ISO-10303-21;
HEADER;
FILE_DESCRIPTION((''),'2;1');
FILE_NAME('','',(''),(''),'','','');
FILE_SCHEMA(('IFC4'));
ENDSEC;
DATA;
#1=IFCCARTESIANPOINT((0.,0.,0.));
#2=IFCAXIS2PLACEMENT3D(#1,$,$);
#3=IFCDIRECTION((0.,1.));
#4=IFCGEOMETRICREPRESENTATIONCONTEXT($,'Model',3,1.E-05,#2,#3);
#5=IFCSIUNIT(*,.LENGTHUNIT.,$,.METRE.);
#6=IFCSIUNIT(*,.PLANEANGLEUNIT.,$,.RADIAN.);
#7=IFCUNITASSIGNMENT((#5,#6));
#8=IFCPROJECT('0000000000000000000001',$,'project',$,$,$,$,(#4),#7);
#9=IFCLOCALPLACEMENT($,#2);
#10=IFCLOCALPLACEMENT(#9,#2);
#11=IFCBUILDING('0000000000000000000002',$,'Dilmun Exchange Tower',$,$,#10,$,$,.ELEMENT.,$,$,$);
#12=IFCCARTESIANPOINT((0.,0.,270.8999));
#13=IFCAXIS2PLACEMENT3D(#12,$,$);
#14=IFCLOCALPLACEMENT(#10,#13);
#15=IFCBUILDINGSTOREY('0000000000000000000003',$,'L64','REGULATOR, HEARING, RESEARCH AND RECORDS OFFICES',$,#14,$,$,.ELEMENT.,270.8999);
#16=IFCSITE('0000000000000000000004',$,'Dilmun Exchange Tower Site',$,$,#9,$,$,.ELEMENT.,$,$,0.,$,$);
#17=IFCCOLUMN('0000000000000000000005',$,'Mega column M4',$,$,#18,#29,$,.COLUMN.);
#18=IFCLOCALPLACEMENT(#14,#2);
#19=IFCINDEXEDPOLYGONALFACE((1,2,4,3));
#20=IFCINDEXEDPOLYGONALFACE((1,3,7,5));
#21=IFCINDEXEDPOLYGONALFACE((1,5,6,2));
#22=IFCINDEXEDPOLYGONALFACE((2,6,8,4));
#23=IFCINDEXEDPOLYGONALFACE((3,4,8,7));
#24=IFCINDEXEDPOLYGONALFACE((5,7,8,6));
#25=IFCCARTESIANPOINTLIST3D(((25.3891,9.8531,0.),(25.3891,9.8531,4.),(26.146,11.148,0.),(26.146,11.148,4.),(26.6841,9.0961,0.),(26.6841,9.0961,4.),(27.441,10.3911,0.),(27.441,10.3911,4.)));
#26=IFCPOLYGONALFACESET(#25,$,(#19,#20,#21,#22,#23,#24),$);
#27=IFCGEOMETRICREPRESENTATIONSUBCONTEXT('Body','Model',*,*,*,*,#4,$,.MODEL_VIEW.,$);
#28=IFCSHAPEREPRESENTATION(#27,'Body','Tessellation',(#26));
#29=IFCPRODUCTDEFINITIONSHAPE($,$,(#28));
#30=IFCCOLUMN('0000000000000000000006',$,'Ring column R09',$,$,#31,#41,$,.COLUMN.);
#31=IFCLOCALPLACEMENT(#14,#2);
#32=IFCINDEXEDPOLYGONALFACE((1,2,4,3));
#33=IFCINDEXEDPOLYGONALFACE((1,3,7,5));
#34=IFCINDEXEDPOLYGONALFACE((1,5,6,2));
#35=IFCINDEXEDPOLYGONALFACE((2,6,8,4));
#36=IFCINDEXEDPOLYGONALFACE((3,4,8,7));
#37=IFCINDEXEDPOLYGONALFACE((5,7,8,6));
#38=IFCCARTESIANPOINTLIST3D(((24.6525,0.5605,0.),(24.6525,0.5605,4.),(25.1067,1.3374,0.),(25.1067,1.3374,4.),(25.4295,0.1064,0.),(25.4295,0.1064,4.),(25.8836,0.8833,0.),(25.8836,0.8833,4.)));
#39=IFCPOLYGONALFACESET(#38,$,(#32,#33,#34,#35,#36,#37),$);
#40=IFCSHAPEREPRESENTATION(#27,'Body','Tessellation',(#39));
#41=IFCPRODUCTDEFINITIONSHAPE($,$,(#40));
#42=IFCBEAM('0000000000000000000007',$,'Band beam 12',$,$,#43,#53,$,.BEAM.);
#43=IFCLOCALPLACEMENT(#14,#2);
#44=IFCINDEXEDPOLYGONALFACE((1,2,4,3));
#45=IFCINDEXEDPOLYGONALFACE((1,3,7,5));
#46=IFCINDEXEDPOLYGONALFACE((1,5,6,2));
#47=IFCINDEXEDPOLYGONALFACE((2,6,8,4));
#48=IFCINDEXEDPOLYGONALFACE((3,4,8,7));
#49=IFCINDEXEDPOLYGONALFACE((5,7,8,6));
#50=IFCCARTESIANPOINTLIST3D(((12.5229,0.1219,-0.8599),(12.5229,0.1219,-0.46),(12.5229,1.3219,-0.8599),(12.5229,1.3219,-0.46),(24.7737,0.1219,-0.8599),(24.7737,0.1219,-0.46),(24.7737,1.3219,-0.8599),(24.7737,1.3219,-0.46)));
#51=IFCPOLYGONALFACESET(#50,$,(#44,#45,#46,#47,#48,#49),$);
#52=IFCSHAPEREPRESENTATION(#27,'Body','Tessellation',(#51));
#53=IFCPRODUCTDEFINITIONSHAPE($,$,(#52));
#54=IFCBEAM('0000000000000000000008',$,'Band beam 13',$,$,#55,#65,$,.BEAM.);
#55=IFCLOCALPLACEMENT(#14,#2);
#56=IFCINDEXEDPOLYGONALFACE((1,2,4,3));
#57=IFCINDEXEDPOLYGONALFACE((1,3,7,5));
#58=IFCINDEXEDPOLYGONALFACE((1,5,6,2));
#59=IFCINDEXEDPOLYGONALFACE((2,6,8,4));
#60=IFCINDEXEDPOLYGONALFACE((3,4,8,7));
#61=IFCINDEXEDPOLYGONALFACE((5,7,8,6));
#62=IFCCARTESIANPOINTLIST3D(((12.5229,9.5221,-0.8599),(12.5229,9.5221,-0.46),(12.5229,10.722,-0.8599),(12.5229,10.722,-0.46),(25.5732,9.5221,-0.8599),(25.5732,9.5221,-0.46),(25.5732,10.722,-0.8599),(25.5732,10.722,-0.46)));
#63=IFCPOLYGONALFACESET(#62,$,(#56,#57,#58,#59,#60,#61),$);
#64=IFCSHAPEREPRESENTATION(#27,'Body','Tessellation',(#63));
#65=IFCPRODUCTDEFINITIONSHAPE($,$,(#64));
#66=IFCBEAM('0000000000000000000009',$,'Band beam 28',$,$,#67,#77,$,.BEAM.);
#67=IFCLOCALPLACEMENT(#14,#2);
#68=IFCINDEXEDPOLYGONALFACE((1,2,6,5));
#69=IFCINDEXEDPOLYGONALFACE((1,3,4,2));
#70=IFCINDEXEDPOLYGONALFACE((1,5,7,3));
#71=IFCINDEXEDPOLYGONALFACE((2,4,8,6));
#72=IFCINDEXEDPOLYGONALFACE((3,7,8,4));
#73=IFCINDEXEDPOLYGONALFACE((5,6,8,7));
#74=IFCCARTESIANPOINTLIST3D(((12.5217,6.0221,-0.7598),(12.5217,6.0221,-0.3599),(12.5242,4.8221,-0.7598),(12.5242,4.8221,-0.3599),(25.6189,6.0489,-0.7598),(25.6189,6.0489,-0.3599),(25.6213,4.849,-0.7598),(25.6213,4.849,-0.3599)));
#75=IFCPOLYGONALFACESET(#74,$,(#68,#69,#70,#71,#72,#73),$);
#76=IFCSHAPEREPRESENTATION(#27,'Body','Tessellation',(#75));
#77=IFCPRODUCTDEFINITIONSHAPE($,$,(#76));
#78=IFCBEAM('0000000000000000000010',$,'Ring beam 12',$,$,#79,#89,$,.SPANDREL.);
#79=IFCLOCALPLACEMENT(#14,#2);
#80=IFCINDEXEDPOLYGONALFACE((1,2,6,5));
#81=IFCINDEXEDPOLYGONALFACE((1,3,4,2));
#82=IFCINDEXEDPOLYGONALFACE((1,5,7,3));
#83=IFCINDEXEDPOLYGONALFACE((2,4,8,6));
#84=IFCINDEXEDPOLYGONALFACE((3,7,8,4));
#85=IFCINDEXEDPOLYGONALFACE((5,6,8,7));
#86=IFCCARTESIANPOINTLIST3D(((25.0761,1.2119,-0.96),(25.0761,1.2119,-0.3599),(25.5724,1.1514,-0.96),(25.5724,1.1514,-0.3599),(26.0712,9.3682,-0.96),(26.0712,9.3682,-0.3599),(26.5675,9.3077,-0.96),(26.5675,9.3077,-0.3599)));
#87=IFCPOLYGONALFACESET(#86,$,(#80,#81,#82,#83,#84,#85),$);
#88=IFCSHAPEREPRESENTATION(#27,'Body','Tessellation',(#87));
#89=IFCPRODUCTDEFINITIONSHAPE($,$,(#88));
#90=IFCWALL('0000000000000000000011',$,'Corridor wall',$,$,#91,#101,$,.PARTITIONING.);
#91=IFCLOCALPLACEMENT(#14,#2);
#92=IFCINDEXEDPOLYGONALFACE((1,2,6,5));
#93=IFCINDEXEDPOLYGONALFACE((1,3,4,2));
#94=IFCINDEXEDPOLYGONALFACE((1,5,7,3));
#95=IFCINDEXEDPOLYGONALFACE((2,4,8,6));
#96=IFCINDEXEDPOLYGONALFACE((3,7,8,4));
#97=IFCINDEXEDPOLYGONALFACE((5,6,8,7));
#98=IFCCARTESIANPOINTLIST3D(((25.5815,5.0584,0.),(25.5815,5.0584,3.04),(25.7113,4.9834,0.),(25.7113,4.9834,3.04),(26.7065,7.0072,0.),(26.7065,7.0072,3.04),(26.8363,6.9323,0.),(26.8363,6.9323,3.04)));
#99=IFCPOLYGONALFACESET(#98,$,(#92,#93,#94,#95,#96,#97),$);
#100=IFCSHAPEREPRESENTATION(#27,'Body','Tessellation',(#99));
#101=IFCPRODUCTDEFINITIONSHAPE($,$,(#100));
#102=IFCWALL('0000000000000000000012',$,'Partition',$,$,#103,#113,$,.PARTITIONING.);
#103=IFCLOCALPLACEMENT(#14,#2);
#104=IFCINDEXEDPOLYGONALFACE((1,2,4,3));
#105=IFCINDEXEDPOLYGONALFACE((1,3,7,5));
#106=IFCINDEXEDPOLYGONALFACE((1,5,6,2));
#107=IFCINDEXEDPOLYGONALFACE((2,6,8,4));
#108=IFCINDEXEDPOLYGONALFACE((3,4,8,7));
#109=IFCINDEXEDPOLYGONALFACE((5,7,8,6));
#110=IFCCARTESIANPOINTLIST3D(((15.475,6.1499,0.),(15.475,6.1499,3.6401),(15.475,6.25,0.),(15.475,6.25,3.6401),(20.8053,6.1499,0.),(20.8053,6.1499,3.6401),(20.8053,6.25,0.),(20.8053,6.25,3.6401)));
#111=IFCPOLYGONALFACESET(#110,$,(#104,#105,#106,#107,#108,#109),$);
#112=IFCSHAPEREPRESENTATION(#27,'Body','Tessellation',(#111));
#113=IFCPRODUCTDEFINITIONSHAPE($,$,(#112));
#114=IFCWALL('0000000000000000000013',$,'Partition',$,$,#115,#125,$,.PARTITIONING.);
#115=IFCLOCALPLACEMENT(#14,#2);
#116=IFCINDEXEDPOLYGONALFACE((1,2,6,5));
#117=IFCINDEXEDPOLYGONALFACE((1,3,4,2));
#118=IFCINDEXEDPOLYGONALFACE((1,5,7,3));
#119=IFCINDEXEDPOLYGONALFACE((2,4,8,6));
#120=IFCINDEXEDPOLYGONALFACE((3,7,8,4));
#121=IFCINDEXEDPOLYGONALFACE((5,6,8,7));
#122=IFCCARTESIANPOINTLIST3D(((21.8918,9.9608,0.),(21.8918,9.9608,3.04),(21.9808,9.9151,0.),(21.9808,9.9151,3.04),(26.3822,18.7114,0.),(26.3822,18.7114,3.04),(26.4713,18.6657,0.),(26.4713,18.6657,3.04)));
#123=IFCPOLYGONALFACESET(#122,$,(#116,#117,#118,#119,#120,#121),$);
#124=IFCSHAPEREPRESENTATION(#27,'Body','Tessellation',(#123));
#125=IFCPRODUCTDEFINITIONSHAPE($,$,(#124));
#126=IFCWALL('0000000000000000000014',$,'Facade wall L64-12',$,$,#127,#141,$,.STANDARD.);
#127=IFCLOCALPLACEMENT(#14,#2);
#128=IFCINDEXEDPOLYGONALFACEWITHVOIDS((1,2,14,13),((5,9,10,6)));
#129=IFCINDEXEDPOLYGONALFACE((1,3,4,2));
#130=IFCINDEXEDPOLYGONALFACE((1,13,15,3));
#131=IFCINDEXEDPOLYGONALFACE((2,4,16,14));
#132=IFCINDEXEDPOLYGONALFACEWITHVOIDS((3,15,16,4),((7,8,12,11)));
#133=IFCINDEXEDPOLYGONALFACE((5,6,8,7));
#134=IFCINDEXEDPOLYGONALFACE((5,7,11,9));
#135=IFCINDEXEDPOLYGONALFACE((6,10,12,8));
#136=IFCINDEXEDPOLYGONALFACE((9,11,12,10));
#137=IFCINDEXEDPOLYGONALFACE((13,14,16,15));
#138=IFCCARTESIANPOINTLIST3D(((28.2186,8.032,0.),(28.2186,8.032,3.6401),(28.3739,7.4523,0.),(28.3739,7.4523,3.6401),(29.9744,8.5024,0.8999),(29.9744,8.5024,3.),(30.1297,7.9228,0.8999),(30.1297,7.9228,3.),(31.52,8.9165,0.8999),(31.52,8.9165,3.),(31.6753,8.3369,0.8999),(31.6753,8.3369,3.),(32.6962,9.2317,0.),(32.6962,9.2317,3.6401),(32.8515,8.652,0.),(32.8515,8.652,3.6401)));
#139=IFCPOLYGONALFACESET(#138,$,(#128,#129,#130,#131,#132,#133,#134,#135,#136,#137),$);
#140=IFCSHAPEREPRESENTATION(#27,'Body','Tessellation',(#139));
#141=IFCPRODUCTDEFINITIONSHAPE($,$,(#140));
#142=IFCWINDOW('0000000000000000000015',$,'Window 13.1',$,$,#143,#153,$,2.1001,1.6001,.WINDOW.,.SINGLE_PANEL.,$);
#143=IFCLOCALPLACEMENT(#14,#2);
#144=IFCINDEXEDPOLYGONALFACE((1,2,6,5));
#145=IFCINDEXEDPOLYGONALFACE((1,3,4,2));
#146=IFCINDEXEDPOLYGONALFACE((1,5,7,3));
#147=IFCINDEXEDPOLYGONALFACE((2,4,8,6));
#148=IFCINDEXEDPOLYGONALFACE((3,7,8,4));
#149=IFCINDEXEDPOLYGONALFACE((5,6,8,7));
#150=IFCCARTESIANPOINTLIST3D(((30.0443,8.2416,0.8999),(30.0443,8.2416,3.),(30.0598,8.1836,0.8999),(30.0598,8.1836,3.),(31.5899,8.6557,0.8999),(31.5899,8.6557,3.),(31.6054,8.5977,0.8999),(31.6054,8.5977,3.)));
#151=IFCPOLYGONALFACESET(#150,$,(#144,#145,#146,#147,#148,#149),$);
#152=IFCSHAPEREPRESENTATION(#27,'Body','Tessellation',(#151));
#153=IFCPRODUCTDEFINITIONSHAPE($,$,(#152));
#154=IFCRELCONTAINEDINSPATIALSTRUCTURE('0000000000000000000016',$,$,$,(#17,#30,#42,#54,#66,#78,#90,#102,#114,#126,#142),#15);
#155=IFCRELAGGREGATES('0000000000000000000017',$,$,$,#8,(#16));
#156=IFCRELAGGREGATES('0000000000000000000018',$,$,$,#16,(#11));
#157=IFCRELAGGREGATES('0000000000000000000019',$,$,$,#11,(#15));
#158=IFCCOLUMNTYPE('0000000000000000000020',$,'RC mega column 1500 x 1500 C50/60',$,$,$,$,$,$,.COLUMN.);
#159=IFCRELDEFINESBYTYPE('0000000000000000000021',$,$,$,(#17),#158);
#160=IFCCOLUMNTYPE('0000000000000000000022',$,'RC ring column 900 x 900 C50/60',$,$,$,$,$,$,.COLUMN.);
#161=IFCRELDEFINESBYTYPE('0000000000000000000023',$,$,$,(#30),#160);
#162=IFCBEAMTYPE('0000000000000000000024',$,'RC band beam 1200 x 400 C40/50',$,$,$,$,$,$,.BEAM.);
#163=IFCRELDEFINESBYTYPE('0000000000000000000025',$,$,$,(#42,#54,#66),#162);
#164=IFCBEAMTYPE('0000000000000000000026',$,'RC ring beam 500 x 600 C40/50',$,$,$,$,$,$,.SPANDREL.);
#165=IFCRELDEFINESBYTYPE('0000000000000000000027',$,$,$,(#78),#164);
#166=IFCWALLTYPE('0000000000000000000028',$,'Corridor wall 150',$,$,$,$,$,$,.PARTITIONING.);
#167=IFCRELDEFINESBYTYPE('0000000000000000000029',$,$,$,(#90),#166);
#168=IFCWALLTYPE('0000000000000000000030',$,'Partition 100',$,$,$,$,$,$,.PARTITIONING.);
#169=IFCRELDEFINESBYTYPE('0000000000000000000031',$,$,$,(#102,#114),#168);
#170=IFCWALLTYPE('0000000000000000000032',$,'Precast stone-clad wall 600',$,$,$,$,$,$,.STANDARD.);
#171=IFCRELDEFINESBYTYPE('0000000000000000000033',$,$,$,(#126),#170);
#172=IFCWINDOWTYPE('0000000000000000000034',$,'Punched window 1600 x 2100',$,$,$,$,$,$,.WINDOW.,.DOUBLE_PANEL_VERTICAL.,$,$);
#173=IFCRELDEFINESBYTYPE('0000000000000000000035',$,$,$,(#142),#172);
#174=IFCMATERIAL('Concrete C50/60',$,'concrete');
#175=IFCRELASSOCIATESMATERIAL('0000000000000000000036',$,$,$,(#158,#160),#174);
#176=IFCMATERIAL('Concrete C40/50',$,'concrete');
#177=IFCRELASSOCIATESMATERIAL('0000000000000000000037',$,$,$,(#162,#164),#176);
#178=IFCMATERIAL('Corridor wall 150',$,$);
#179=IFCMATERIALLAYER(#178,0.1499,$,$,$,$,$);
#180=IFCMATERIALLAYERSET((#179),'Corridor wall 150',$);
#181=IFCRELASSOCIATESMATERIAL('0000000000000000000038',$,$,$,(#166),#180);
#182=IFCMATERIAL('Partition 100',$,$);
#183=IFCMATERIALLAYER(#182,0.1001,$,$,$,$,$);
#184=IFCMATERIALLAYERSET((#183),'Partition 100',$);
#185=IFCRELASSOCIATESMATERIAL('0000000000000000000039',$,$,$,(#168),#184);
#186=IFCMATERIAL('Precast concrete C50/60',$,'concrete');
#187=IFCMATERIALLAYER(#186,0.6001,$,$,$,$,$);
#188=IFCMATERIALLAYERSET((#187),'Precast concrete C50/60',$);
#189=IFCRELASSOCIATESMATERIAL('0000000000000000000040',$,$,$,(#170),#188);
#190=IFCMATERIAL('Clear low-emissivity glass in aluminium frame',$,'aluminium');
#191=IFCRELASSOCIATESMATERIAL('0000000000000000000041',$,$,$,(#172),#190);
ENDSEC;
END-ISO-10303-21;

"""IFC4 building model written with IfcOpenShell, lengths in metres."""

from ifc_helpers import new_model, si_unit, direction, frame, frame_2d, origin, origin_2d, place, context, subcontext, project, spatial, rectangle, extrude, material, layer, layer_set, material_profile, profile_set, type_object, element, fill, save


model = new_model("IFC4")

# Units and contexts
model_context = context("Model", 3, precision=1e-05, world=origin(), true_north=direction((0.0, 1.0)))
body_context = subcontext(model_context, "Body", "Model", "MODEL_VIEW")
ifc_project = project(units=[si_unit("LENGTHUNIT", "METRE"), si_unit("PLANEANGLEUNIT", "RADIAN")], contexts=[model_context])

# Site, building, storey
site_placement = place(None, origin())
site = spatial("IfcSite", under=ifc_project, at=site_placement, Name="Dilmun Exchange Tower Site", CompositionType="ELEMENT", RefElevation=0.0)
building_placement = place(site_placement, origin())
building = spatial("IfcBuilding", under=site, at=building_placement, Name="Dilmun Exchange Tower", CompositionType="ELEMENT")
storey_placement = place(building_placement, frame((0.0, 0.0, 270.8999)))
storey = spatial("IfcBuildingStorey", under=building, at=storey_placement, Name="L64", Description="REGULATOR, HEARING, RESEARCH AND RECORDS OFFICES", CompositionType="ELEMENT", Elevation=270.8999)

# Columns
ifc_material_1 = material(Name="Concrete C50/60", Category="concrete")
ifc_material_profile_1 = material_profile(ifc_material_1, rectangle(XDim=1.5, YDim=1.5, at=origin_2d()), Name="1500 x 1500")
ifc_profile_set_1 = profile_set([ifc_material_profile_1], Name="Concrete C50/60")
column_type_1 = type_object("IfcColumnType", Name="RC mega column 1500 x 1500 C50/60", PredefinedType="COLUMN", material=ifc_profile_set_1)
column_1_placement = place(storey_placement, frame((26.415, 10.1221, 0.0), z_axis=(0.0, 0.0, 1.0), x_axis=(0.504644, 0.863328, 0.0)))
element("IfcColumn", 1, at=column_1_placement, inside=storey, type_object=column_type_1, Name="Mega column M4", PredefinedType="COLUMN", context=body_context, shape_type="SweptSolid", body=[
    extrude(rectangle(XDim=1.5, YDim=1.5, at=origin_2d()), origin(), (0.0, 0.0, 1.0), 4.0),
])
ifc_material_profile_2 = material_profile(ifc_material_1, rectangle(XDim=0.8999, YDim=0.8999, at=origin_2d()), Name="900 x 900")
ifc_profile_set_2 = profile_set([ifc_material_profile_2], Name="Concrete C50/60")
column_type_2 = type_object("IfcColumnType", Name="RC ring column 900 x 900 C50/60", PredefinedType="COLUMN", material=ifc_profile_set_2)
column_2_placement = place(storey_placement, frame((25.2681, 0.7219, 0.0), z_axis=(0.0, 0.0, 1.0), x_axis=(0.504644, 0.863328, 0.0)))
element("IfcColumn", 2, at=column_2_placement, inside=storey, type_object=column_type_2, Name="Ring column R09", PredefinedType="COLUMN", context=body_context, shape_type="SweptSolid", body=[
    extrude(rectangle(XDim=0.8999, YDim=0.8999, at=origin_2d()), origin(), (0.0, 0.0, 1.0), 4.0),
])

# Beams
ifc_material_2 = material(Name="Concrete C40/50", Category="concrete")
ifc_material_profile_3 = material_profile(ifc_material_2, rectangle(XDim=1.2, YDim=0.3999, at=origin_2d()), Name="1200 x 400")
ifc_profile_set_3 = profile_set([ifc_material_profile_3], Name="Concrete C40/50")
beam_type_1 = type_object("IfcBeamType", Name="RC band beam 1200 x 400 C40/50", PredefinedType="BEAM", material=ifc_profile_set_3)
beam_1_placement = place(storey_placement, frame((24.7737, 0.7219, -0.6599), z_axis=(-1.0, 0.0, 0.0), x_axis=(0.0, -1.0, 0.0)))
element("IfcBeam", 3, at=beam_1_placement, inside=storey, type_object=beam_type_1, Name="Band beam 12", PredefinedType="BEAM", context=body_context, shape_type="SweptSolid", body=[
    extrude(rectangle(XDim=1.2, YDim=0.3999, at=origin_2d()), origin(), (0.0, 0.0, 1.0), 12.2507),
])
beam_2_placement = place(storey_placement, frame((25.5732, 10.1221, -0.6599), z_axis=(-1.0, 0.0, 0.0), x_axis=(0.0, -1.0, 0.0)))
element("IfcBeam", 4, at=beam_2_placement, inside=storey, type_object=beam_type_1, Name="Band beam 13", PredefinedType="BEAM", context=body_context, shape_type="SweptSolid", body=[
    extrude(rectangle(XDim=1.2, YDim=0.3999, at=origin_2d()), origin(), (0.0, 0.0, 1.0), 13.0503),
])
beam_3_placement = place(storey_placement, frame((25.6201, 5.449, -0.5598), z_axis=(-0.999998, -0.00205, 0.0), x_axis=(0.00205, -0.999998, 0.0)))
element("IfcBeam", 5, at=beam_3_placement, inside=storey, type_object=beam_type_1, Name="Band beam 28", PredefinedType="BEAM", context=body_context, shape_type="SweptSolid", body=[
    extrude(rectangle(XDim=1.2, YDim=0.3999, at=origin_2d()), origin(), (0.0, 0.0, 1.0), 13.0972),
])
ifc_material_profile_4 = material_profile(ifc_material_2, rectangle(XDim=0.5, YDim=0.6001, at=origin_2d()), Name="500 x 600")
ifc_profile_set_4 = profile_set([ifc_material_profile_4], Name="Concrete C40/50")
beam_type_2 = type_object("IfcBeamType", Name="RC ring beam 500 x 600 C40/50", PredefinedType="SPANDREL", material=ifc_profile_set_4)
beam_4_placement = place(storey_placement, frame((25.3242, 1.1816, -0.6599), z_axis=(0.121109, 0.992639, 0.0), x_axis=(-0.992639, 0.121109, 0.0)))
element("IfcBeam", 6, at=beam_4_placement, inside=storey, type_object=beam_type_2, Name="Ring beam 12", PredefinedType="SPANDREL", context=body_context, shape_type="SweptSolid", body=[
    extrude(rectangle(XDim=0.5, YDim=0.6001, at=origin_2d()), origin(), (0.0, 0.0, 1.0), 8.2168),
])

# Walls
ifc_material_3 = material(Name="Corridor wall 150")
ifc_layer_1 = layer(ifc_material_3, 0.1499)
ifc_layer_set_1 = layer_set([ifc_layer_1], Name="Corridor wall 150")
wall_type_1 = type_object("IfcWallType", Name="Corridor wall 150", PredefinedType="PARTITIONING", material=ifc_layer_set_1)
wall_1_placement = place(storey_placement, frame((25.6465, 5.021, 0.0), z_axis=(0.0, 0.0, 1.0), x_axis=(0.49992, 0.866072, 0.0)))
element("IfcWall", 7, at=wall_1_placement, inside=storey, type_object=wall_type_1, Name="Corridor wall", PredefinedType="PARTITIONING", context=body_context, shape_type="SweptSolid", body=[
    extrude(rectangle(XDim=2.2502, YDim=0.1499, at=frame_2d((1.125, 0.0))), origin(), (0.0, 0.0, 1.0), 3.04),
])
ifc_material_4 = material(Name="Partition 100")
ifc_layer_2 = layer(ifc_material_4, 0.1001)
ifc_layer_set_2 = layer_set([ifc_layer_2], Name="Partition 100")
wall_type_2 = type_object("IfcWallType", Name="Partition 100", PredefinedType="PARTITIONING", material=ifc_layer_set_2)
wall_2_placement = place(storey_placement, frame((15.4751, 6.2, 0.0), z_axis=(0.0, 0.0, 1.0), x_axis=(1.0, 0.0, 0.0)))
element("IfcWall", 8, at=wall_2_placement, inside=storey, type_object=wall_type_2, Name="Partition", PredefinedType="PARTITIONING", context=body_context, shape_type="SweptSolid", body=[
    extrude(rectangle(XDim=5.3303, YDim=0.1001, at=frame_2d((2.665, 0.0))), origin(), (0.0, 0.0, 1.0), 3.6401),
])
wall_3_placement = place(storey_placement, frame((21.9363, 9.938, 0.0), z_axis=(0.0, 0.0, 1.0), x_axis=(0.456562, 0.889692, 0.0)))
element("IfcWall", 9, at=wall_3_placement, inside=storey, type_object=wall_type_2, Name="Partition", PredefinedType="PARTITIONING", context=body_context, shape_type="SweptSolid", body=[
    extrude(rectangle(XDim=9.8354, YDim=0.1001, at=frame_2d((4.9177, 0.0))), origin(), (0.0, 0.0, 1.0), 3.04),
])

# Wall, opening, window
ifc_material_5 = material(Name="Precast concrete C50/60", Category="concrete")
ifc_layer_3 = layer(ifc_material_5, 0.6001)
ifc_layer_set_3 = layer_set([ifc_layer_3], Name="Precast concrete C50/60")
wall_type_3 = type_object("IfcWallType", Name="Precast stone-clad wall 600", PredefinedType="STANDARD", material=ifc_layer_set_3)
wall_4_placement = place(storey_placement, frame((32.7739, 8.9419, 0.0), z_axis=(0.0, 0.0, 1.0), x_axis=(-0.965928, -0.25881, 0.0)))
wall_4 = element("IfcWall", 10, at=wall_4_placement, inside=storey, type_object=wall_type_3, Name="Facade wall L64-12", PredefinedType="STANDARD", context=body_context, shape_type="SweptSolid", body=[
    extrude(rectangle(XDim=4.6355, YDim=0.6001, at=frame_2d((2.3179, 0.0))), origin(), (0.0, 0.0, 1.0), 3.6401),
])
opening_1_placement = place(wall_4_placement, frame((1.2178, 0.0, 0.8999)))
opening_1 = element("IfcOpeningElement", 11, at=opening_1_placement, cuts=wall_4, PredefinedType="OPENING", context=body_context, shape_type="SweptSolid", body=[
    extrude(rectangle(XDim=1.6001, YDim=2.1001, at=frame_2d((0.8, 1.05))), frame((0.0, 0.3101, 0.0), z_axis=(0.0, -1.0, 0.0), x_axis=(1.0, 0.0, 0.0)), (0.0, 0.0, 1.0), 0.6201),
])
ifc_material_6 = material(Name="Clear low-emissivity glass in aluminium frame", Category="aluminium")
window_type = type_object("IfcWindowType", Name="Punched window 1600 x 2100", PartitioningType="DOUBLE_PANEL_VERTICAL", PredefinedType="WINDOW", material=ifc_material_6)
window_1_placement = place(opening_1_placement, origin())
window_1 = element("IfcWindow", 12, at=window_1_placement, inside=storey, type_object=window_type, Name="Window 13.1", OverallHeight=2.1001, OverallWidth=1.6001, PartitioningType="SINGLE_PANEL", PredefinedType="WINDOW", context=body_context, shape_type="SweptSolid", body=[
    extrude(rectangle(XDim=1.6001, YDim=2.1001, at=frame_2d((0.8, 1.05))), frame((0.0, 0.03, 0.0), z_axis=(0.0, -1.0, 0.0), x_axis=(1.0, 0.0, 0.0)), (0.0, 0.0, 1.0), 0.0601),
])
fill(opening_1, window_1)

save(model, "model.ifc")
